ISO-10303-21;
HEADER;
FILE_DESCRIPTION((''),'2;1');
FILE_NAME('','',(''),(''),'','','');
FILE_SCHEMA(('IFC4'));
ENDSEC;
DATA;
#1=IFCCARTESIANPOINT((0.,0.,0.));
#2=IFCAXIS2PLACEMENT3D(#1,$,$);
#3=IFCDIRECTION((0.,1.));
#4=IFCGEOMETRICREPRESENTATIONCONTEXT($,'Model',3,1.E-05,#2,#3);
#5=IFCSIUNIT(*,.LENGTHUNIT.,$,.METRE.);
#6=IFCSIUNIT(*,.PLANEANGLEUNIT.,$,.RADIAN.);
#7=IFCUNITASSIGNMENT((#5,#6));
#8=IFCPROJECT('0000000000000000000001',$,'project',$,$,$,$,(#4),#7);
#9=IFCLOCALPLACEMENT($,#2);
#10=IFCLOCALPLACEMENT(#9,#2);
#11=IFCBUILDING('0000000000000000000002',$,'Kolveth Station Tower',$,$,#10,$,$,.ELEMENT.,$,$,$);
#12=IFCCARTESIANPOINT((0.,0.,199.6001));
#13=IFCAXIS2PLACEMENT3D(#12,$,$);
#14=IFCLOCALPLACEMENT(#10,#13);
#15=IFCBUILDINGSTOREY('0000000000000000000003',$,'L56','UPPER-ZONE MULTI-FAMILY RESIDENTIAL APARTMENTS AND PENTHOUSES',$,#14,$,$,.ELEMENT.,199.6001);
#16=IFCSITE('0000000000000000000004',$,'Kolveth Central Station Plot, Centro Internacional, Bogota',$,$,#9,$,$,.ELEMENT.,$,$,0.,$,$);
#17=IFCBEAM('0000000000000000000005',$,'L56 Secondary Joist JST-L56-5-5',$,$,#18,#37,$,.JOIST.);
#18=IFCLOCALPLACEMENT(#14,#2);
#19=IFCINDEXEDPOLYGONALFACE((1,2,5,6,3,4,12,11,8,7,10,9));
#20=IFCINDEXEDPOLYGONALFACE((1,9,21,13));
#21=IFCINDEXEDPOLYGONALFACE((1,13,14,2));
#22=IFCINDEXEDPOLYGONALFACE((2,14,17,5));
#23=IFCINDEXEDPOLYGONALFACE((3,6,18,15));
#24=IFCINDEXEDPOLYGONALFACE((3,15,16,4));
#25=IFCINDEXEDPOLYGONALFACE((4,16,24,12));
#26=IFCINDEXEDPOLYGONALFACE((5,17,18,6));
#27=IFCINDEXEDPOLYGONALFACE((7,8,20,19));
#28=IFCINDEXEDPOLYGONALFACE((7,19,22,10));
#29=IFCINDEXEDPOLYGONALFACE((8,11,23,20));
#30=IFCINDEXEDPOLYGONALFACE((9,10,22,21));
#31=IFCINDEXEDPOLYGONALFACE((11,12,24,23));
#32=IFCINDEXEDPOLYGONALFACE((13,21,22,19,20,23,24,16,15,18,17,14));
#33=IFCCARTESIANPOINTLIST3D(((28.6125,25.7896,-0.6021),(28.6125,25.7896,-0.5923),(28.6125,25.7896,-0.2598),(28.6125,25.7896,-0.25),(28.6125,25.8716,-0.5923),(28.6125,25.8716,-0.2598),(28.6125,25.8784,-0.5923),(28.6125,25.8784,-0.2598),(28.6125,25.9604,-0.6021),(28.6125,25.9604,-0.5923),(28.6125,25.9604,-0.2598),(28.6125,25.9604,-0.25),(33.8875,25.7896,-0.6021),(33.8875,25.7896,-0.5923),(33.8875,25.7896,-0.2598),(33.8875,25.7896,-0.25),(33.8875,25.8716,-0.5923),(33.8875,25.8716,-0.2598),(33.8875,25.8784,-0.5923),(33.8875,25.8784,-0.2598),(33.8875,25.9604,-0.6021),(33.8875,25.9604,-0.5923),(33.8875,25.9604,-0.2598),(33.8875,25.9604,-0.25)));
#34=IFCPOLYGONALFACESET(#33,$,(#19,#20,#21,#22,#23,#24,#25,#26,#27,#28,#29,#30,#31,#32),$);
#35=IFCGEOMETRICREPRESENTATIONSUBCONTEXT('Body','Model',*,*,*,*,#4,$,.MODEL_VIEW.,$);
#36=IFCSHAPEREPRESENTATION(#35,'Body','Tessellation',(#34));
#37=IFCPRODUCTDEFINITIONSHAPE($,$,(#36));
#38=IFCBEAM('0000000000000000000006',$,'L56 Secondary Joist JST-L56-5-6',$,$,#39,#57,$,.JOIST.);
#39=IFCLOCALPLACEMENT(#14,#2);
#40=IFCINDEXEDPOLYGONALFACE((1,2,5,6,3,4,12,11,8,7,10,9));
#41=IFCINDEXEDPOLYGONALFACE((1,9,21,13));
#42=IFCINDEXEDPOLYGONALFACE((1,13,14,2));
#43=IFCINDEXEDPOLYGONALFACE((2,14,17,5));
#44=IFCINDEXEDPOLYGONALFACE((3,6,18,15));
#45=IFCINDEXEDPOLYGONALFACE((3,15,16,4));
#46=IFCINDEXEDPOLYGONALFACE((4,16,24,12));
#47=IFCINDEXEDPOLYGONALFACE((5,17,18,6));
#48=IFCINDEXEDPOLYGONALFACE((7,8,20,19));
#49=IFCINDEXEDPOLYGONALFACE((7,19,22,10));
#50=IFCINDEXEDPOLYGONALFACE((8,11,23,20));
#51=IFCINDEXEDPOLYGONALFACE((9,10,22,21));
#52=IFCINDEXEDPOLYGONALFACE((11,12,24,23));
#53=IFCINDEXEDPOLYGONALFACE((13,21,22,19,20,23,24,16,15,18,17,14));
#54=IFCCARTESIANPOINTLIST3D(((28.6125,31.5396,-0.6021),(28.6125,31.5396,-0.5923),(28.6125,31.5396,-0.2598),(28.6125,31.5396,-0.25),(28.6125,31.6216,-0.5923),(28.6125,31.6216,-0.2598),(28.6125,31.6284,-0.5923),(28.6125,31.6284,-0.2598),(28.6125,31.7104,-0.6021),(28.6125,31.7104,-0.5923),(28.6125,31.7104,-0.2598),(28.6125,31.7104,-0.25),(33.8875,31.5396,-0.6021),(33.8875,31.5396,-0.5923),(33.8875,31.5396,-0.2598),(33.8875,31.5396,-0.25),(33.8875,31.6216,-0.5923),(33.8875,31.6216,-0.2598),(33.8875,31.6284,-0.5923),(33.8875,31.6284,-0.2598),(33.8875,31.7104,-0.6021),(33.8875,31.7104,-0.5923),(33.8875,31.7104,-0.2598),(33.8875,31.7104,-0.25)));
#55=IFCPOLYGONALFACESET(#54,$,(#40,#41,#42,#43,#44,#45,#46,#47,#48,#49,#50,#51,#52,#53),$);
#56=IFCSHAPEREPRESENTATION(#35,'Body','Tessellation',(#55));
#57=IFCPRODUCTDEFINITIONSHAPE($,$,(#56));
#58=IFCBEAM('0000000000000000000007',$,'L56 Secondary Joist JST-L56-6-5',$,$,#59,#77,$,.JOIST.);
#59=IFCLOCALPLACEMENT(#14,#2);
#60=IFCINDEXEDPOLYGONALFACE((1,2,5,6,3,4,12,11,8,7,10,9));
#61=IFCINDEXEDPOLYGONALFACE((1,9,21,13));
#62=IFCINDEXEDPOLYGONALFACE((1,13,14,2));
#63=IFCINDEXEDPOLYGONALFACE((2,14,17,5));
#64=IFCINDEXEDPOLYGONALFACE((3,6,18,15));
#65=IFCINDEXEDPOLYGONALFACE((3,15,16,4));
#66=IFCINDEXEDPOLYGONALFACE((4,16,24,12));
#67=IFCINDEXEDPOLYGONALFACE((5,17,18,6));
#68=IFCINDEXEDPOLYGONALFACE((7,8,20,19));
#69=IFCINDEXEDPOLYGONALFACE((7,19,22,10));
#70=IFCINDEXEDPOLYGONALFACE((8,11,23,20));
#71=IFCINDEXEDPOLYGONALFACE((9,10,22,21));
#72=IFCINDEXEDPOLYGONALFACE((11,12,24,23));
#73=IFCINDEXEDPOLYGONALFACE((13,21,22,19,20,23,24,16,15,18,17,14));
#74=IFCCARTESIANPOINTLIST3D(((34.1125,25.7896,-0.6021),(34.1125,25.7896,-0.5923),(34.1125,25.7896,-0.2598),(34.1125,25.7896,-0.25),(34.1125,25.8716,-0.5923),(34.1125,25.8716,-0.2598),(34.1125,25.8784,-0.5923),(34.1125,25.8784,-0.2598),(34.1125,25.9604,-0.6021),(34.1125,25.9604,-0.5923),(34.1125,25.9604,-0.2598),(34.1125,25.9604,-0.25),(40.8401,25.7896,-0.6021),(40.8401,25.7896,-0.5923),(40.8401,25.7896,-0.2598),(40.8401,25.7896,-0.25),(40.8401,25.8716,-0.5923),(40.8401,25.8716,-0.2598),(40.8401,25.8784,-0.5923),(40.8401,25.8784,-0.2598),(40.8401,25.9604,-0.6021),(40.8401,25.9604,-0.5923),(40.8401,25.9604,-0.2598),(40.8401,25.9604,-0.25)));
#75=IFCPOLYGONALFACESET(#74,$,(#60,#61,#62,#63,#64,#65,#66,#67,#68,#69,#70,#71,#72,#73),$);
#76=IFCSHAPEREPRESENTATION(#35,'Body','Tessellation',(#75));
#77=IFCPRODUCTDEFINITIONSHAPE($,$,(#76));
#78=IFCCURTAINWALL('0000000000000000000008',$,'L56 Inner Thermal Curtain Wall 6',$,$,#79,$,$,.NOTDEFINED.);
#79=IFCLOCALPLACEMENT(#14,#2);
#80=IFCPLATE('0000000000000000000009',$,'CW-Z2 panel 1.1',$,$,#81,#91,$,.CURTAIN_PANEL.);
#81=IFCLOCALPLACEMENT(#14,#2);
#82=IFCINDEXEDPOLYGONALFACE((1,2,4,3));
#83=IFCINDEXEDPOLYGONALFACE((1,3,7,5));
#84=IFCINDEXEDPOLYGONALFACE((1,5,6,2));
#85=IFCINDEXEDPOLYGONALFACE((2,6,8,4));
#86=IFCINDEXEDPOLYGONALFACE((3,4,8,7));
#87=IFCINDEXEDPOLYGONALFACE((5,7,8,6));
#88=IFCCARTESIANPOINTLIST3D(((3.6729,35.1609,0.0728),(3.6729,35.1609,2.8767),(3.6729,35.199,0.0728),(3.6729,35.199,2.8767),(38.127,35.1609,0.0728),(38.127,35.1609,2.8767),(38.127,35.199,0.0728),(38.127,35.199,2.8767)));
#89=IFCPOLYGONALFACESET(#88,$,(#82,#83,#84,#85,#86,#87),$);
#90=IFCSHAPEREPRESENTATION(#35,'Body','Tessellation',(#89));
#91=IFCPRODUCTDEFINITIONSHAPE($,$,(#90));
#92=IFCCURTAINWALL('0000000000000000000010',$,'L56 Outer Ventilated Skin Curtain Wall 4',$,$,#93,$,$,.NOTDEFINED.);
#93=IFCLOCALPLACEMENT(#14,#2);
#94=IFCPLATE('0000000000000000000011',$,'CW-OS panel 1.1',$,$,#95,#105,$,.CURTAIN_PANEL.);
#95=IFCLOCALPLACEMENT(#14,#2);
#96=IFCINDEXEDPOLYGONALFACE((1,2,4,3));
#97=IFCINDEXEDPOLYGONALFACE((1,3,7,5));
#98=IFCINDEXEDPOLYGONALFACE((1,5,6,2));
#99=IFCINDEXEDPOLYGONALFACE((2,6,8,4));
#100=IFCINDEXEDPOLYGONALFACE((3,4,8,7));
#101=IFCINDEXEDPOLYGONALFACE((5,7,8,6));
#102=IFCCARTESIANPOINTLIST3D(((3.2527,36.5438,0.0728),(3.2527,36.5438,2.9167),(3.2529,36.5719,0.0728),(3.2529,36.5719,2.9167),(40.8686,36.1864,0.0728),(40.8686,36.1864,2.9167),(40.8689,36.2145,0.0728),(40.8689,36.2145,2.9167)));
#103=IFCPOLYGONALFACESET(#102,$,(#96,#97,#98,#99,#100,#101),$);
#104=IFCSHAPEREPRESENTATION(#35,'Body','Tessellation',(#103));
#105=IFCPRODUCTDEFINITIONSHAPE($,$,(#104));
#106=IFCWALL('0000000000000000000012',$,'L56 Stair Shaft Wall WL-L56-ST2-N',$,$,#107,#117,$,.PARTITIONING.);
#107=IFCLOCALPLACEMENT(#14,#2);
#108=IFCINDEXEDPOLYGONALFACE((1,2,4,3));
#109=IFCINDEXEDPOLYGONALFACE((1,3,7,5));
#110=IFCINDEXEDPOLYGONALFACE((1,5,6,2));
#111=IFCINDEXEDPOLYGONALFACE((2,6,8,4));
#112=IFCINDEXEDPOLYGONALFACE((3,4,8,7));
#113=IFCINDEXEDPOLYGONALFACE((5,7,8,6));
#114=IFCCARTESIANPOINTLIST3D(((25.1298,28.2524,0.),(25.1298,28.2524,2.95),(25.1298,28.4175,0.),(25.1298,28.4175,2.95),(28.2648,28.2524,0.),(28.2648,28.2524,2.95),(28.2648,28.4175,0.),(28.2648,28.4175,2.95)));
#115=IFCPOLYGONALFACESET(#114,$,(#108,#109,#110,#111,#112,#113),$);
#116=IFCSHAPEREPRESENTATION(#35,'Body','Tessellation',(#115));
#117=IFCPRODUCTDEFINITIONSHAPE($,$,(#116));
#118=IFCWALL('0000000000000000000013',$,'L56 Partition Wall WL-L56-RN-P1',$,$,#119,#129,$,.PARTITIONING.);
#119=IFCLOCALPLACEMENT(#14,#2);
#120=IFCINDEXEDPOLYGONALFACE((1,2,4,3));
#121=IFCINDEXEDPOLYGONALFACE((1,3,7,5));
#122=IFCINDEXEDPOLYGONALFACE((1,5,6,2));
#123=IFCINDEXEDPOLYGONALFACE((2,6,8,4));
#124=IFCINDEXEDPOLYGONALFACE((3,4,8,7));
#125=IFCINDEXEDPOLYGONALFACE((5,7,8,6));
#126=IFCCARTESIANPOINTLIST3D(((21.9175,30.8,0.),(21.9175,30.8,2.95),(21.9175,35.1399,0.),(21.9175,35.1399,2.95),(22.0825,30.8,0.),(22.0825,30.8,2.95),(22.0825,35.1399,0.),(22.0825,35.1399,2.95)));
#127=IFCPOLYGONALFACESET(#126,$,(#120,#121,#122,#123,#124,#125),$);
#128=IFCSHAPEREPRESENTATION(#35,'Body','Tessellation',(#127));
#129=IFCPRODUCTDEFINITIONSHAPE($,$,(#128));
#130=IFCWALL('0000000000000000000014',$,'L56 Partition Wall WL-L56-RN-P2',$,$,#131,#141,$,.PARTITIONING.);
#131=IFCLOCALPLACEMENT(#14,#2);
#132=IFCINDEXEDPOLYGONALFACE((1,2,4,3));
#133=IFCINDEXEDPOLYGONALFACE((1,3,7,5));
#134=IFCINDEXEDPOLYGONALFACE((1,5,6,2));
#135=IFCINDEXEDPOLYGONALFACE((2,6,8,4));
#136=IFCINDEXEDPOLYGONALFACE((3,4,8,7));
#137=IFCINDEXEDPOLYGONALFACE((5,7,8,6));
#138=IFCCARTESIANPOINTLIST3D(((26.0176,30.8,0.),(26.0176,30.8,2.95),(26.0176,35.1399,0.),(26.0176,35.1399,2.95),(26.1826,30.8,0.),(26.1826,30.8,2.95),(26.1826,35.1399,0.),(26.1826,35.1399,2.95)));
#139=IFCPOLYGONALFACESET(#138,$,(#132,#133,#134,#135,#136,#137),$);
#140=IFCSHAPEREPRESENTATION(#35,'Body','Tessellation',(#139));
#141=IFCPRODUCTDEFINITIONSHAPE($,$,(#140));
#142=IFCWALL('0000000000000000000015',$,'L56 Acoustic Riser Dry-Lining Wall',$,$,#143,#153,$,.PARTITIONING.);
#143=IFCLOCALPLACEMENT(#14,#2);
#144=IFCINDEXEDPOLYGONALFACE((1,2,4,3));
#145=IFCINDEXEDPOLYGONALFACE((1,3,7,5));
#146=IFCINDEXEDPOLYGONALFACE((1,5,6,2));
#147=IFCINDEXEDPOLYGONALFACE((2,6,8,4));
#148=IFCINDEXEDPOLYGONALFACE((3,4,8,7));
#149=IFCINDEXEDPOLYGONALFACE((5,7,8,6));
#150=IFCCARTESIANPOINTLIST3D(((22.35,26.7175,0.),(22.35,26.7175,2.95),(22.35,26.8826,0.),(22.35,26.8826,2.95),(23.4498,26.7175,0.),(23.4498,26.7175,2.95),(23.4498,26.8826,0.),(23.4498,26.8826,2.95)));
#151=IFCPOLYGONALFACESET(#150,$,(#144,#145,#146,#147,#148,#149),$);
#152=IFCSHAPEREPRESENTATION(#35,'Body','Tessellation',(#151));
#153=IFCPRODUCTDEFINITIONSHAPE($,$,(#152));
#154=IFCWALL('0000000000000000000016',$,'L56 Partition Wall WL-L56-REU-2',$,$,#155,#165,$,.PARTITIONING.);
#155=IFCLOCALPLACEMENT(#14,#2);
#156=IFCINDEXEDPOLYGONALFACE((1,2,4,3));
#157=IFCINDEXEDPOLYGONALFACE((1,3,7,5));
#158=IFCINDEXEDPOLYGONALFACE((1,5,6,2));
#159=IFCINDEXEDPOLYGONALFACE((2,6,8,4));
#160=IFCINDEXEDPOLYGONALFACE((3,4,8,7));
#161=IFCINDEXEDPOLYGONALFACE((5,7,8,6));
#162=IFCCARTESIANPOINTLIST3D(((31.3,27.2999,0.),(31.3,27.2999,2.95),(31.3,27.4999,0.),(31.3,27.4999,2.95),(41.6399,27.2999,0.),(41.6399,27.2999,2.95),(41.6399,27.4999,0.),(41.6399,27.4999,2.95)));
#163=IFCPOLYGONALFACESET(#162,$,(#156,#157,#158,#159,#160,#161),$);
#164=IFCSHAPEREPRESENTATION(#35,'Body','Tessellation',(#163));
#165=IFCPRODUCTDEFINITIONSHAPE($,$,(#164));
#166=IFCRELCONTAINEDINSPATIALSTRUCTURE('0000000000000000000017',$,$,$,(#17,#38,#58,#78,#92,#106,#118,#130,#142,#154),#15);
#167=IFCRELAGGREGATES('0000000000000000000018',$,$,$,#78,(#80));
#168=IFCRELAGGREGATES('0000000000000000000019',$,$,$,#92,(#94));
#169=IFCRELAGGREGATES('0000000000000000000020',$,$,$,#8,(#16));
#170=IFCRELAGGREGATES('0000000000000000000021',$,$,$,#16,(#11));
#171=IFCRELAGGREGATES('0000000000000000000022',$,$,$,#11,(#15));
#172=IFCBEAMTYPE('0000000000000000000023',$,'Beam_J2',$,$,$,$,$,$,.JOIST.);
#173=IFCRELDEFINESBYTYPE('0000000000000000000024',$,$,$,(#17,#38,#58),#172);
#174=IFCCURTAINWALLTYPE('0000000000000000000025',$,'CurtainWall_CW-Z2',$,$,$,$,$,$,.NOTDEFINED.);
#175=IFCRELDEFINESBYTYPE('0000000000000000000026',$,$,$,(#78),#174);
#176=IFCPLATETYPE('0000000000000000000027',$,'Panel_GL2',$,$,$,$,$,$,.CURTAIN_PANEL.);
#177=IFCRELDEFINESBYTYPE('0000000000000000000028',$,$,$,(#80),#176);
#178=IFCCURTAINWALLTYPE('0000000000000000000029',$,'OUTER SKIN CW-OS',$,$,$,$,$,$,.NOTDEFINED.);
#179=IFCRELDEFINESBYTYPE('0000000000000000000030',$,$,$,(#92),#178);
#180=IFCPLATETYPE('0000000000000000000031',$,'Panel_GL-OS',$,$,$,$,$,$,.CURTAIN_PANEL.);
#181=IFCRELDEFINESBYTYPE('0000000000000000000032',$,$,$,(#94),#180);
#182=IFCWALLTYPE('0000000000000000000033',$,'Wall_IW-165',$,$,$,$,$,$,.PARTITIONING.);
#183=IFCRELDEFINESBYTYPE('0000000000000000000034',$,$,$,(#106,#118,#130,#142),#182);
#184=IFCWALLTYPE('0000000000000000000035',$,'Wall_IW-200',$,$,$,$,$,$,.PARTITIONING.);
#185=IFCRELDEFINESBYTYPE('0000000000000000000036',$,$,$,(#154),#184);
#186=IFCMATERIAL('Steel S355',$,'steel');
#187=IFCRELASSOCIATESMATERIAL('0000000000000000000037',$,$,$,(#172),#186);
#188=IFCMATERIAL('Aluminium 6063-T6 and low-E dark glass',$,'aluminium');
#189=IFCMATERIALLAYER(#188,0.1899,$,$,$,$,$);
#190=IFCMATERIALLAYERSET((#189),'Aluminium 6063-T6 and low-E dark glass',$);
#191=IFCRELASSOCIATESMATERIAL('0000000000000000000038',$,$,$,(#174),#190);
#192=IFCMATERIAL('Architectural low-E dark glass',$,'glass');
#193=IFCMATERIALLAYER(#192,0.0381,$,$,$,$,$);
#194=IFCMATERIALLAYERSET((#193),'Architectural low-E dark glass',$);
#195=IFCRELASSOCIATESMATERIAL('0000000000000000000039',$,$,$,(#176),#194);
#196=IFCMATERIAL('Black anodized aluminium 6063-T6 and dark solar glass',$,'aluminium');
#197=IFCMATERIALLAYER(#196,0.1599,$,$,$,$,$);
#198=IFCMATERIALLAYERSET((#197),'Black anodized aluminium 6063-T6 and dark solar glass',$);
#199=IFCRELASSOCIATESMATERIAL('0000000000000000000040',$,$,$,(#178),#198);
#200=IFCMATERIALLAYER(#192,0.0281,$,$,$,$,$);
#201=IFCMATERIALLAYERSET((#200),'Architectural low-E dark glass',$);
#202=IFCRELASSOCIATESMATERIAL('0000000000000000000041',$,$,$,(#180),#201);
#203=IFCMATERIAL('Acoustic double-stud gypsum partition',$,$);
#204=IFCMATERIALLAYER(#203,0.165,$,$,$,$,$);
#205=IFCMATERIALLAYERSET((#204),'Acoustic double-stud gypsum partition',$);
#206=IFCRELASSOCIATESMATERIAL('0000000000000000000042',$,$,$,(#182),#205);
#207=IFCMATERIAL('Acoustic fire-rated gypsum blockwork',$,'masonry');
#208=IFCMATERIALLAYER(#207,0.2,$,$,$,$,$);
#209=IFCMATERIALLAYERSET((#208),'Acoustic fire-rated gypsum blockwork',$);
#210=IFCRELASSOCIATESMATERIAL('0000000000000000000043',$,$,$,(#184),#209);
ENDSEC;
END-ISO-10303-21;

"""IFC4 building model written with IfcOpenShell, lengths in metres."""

from ifc_helpers import new_model, si_unit, direction, frame, frame_2d, origin, origin_2d, place, context, subcontext, project, spatial, rectangle, i_section, extrude, source, transform, mapped, material, layer, layer_set, material_profile, profile_set, type_object, element, aggregate, save


model = new_model("IFC4")

# Units and contexts
model_context = context("Model", 3, precision=1e-05, world=origin(), true_north=direction((0.0, 1.0)))
body_context = subcontext(model_context, "Body", "Model", "MODEL_VIEW")
ifc_project = project(units=[si_unit("LENGTHUNIT", "METRE"), si_unit("PLANEANGLEUNIT", "RADIAN")], contexts=[model_context])

# Site, building, storey
site_placement = place(None, origin())
site = spatial("IfcSite", under=ifc_project, at=site_placement, Name="Kolveth Central Station Plot, Centro Internacional, Bogota", CompositionType="ELEMENT", RefElevation=0.0)
building_placement = place(site_placement, origin())
building = spatial("IfcBuilding", under=site, at=building_placement, Name="Kolveth Station Tower", CompositionType="ELEMENT")
storey_placement = place(building_placement, frame((0.0, 0.0, 199.6001)))
storey = spatial("IfcBuildingStorey", under=building, at=storey_placement, Name="L56", Description="UPPER-ZONE MULTI-FAMILY RESIDENTIAL APARTMENTS AND PENTHOUSES", CompositionType="ELEMENT", Elevation=199.6001)

# Shared definitions
ifc_material_1 = material(Name="Steel S355", Category="steel")

# Beams
ifc_material_profile_1 = material_profile(ifc_material_1, i_section(OverallWidth=0.1709, OverallDepth=0.3521, WebThickness=0.0068, FlangeThickness=0.0098, at=origin_2d()), Name="W360x44")
ifc_profile_set_1 = profile_set([ifc_material_profile_1], Name="Steel S355")
beam_type_1 = type_object("IfcBeamType", Name="Beam_J2", PredefinedType="JOIST", material=ifc_profile_set_1)
shared_shape_1 = source(origin(), body_context, "Body", "SweptSolid", [
    extrude(i_section(OverallWidth=0.1709, OverallDepth=0.3521, WebThickness=0.0068, FlangeThickness=0.0098, at=origin_2d()), origin(), (0.0, 0.0, 1.0), 5.2749),
])
for number, where, z_axis, x_axis, name in (
    (1, (28.6125, 25.875, -0.426), (1.0, 0.0, 0.0), (0.0, 1.0, 0.0), "L56 Secondary Joist JST-L56-5-5"),
    (2, (28.6125, 31.625, -0.426), (1.0, 0.0, 0.0), (0.0, 1.0, 0.0), "L56 Secondary Joist JST-L56-5-6"),
):
    element("IfcBeam", number, at=place(storey_placement, frame(where, z_axis=z_axis, x_axis=x_axis)), inside=storey, type_object=beam_type_1, Name=name, PredefinedType="JOIST", context=body_context, shape_type="MappedRepresentation", body=[
        mapped(shared_shape_1, transform((0.0, 0.0, 0.0), x_axis=(1.0, 0.0, 0.0), y_axis=(0.0, 1.0, 0.0), z_axis=(0.0, 0.0, 1.0), scale=1.0)),
    ])
shared_shape_2 = source(origin(), body_context, "Body", "SweptSolid", [
    extrude(i_section(OverallWidth=0.1709, OverallDepth=0.3521, WebThickness=0.0068, FlangeThickness=0.0098, at=origin_2d()), origin(), (0.0, 0.0, 1.0), 6.7275),
])
beam_1_placement = place(storey_placement, frame((34.1125, 25.875, -0.426), z_axis=(1.0, 0.0, 0.0), x_axis=(0.0, 1.0, 0.0)))
element("IfcBeam", 3, at=beam_1_placement, inside=storey, type_object=beam_type_1, Name="L56 Secondary Joist JST-L56-6-5", PredefinedType="JOIST", context=body_context, shape_type="MappedRepresentation", body=[
    mapped(shared_shape_2, transform((0.0, 0.0, 0.0), x_axis=(1.0, 0.0, 0.0), y_axis=(0.0, 1.0, 0.0), z_axis=(0.0, 0.0, 1.0), scale=1.0)),
])

# Curtain walls, plates
ifc_material_2 = material(Name="Aluminium 6063-T6 and low-E dark glass", Category="aluminium")
ifc_layer_1 = layer(ifc_material_2, 0.1899)
ifc_layer_set_1 = layer_set([ifc_layer_1], Name="Aluminium 6063-T6 and low-E dark glass")
curtain_wall_type_1 = type_object("IfcCurtainWallType", Name="CurtainWall_CW-Z2", PredefinedType="NOTDEFINED", material=ifc_layer_set_1)
curtain_wall_1_placement = place(storey_placement, origin())
curtain_wall_1 = element("IfcCurtainWall", 4, at=curtain_wall_1_placement, inside=storey, type_object=curtain_wall_type_1, Name="L56 Inner Thermal Curtain Wall 6", PredefinedType="NOTDEFINED")
ifc_material_3 = material(Name="Architectural low-E dark glass", Category="glass")
ifc_layer_2 = layer(ifc_material_3, 0.0381)
ifc_layer_set_2 = layer_set([ifc_layer_2], Name="Architectural low-E dark glass")
plate_type_1 = type_object("IfcPlateType", Name="Panel_GL2", PredefinedType="CURTAIN_PANEL", material=ifc_layer_set_2)
shared_shape_3 = source(origin(), body_context, "Body", "SweptSolid", [
    extrude(rectangle(XDim=34.4541, YDim=0.0381, at=origin_2d()), origin(), (0.0, 0.0, 1.0), 2.804),
])
plate_1_placement = place(storey_placement, frame((20.8999, 35.1799, 0.0728), z_axis=(0.0, 0.0, 1.0), x_axis=(-1.0, 0.0, 0.0)))
plate_1 = element("IfcPlate", 5, at=plate_1_placement, type_object=plate_type_1, Name="CW-Z2 panel 1.1", PredefinedType="CURTAIN_PANEL", context=body_context, shape_type="MappedRepresentation", body=[
    mapped(shared_shape_3, transform((0.0, 0.0, 0.0), x_axis=(1.0, 0.0, 0.0), y_axis=(0.0, 1.0, 0.0), z_axis=(0.0, 0.0, 1.0), scale=1.0)),
])
aggregate(curtain_wall_1, [plate_1])
ifc_material_4 = material(Name="Black anodized aluminium 6063-T6 and dark solar glass", Category="aluminium")
ifc_layer_3 = layer(ifc_material_4, 0.1599)
ifc_layer_set_3 = layer_set([ifc_layer_3], Name="Black anodized aluminium 6063-T6 and dark solar glass")
curtain_wall_type_2 = type_object("IfcCurtainWallType", Name="OUTER SKIN CW-OS", PredefinedType="NOTDEFINED", material=ifc_layer_set_3)
curtain_wall_2_placement = place(storey_placement, origin())
curtain_wall_2 = element("IfcCurtainWall", 6, at=curtain_wall_2_placement, inside=storey, type_object=curtain_wall_type_2, Name="L56 Outer Ventilated Skin Curtain Wall 4", PredefinedType="NOTDEFINED")
ifc_layer_4 = layer(ifc_material_3, 0.0281)
ifc_layer_set_4 = layer_set([ifc_layer_4], Name="Architectural low-E dark glass")
plate_type_2 = type_object("IfcPlateType", Name="Panel_GL-OS", PredefinedType="CURTAIN_PANEL", material=ifc_layer_set_4)
shared_shape_4 = source(origin(), body_context, "Body", "SweptSolid", [
    extrude(rectangle(XDim=37.6177, YDim=0.0281, at=origin_2d()), origin(), (0.0, 0.0, 1.0), 2.844),
])
plate_2_placement = place(storey_placement, frame((22.0608, 36.3792, 0.0728), z_axis=(0.0, 0.0, 1.0), x_axis=(-0.999955, 0.009501, 0.0)))
plate_2 = element("IfcPlate", 7, at=plate_2_placement, type_object=plate_type_2, Name="CW-OS panel 1.1", PredefinedType="CURTAIN_PANEL", context=body_context, shape_type="MappedRepresentation", body=[
    mapped(shared_shape_4, transform((0.0, 0.0, 0.0), x_axis=(1.0, 0.0, 0.0), y_axis=(0.0, 1.0, 0.0), z_axis=(0.0, 0.0, 1.0), scale=1.0)),
])
aggregate(curtain_wall_2, [plate_2])

# Walls
ifc_material_5 = material(Name="Acoustic double-stud gypsum partition")
ifc_layer_5 = layer(ifc_material_5, 0.165)
ifc_layer_set_5 = layer_set([ifc_layer_5], Name="Acoustic double-stud gypsum partition")
wall_type_1 = type_object("IfcWallType", Name="Wall_IW-165", PredefinedType="PARTITIONING", material=ifc_layer_set_5)
wall_1_placement = place(storey_placement, frame((25.1299, 28.335, 0.0), z_axis=(0.0, 0.0, 1.0), x_axis=(1.0, 0.0, 0.0)))
element("IfcWall", 8, at=wall_1_placement, inside=storey, type_object=wall_type_1, Name="L56 Stair Shaft Wall WL-L56-ST2-N", PredefinedType="PARTITIONING", context=body_context, shape_type="SweptSolid", body=[
    extrude(rectangle(XDim=3.135, YDim=0.165, at=frame_2d((1.5674, 0.0))), origin(), (0.0, 0.0, 1.0), 2.95),
])
for number, where, z_axis, x_axis, name in (
    (9, (22.0, 30.8, 0.0), (0.0, 0.0, 1.0), (0.0, 1.0, 0.0), "L56 Partition Wall WL-L56-RN-P1"),
    (10, (26.1001, 30.8, 0.0), (0.0, 0.0, 1.0), (0.0, 1.0, 0.0), "L56 Partition Wall WL-L56-RN-P2"),
):
    element("IfcWall", number, at=place(storey_placement, frame(where, z_axis=z_axis, x_axis=x_axis)), inside=storey, type_object=wall_type_1, Name=name, PredefinedType="PARTITIONING", context=body_context, shape_type="SweptSolid", body=[
        extrude(rectangle(XDim=4.3398, YDim=0.165, at=frame_2d((2.1699, 0.0))), origin(), (0.0, 0.0, 1.0), 2.95),
    ])
wall_2_placement = place(storey_placement, frame((22.3501, 26.8, 0.0), z_axis=(0.0, 0.0, 1.0), x_axis=(1.0, 0.0, 0.0)))
element("IfcWall", 11, at=wall_2_placement, inside=storey, type_object=wall_type_1, Name="L56 Acoustic Riser Dry-Lining Wall", PredefinedType="PARTITIONING", context=body_context, shape_type="SweptSolid", body=[
    extrude(rectangle(XDim=1.0999, YDim=0.165, at=frame_2d((0.5498, 0.0))), origin(), (0.0, 0.0, 1.0), 2.95),
])
ifc_material_6 = material(Name="Acoustic fire-rated gypsum blockwork", Category="masonry")
ifc_layer_6 = layer(ifc_material_6, 0.2)
ifc_layer_set_6 = layer_set([ifc_layer_6], Name="Acoustic fire-rated gypsum blockwork")
wall_type_2 = type_object("IfcWallType", Name="Wall_IW-200", PredefinedType="PARTITIONING", material=ifc_layer_set_6)
wall_3_placement = place(storey_placement, frame((31.3, 27.3999, 0.0), z_axis=(0.0, 0.0, 1.0), x_axis=(1.0, 0.0, 0.0)))
element("IfcWall", 12, at=wall_3_placement, inside=storey, type_object=wall_type_2, Name="L56 Partition Wall WL-L56-REU-2", PredefinedType="PARTITIONING", context=body_context, shape_type="SweptSolid", body=[
    extrude(rectangle(XDim=10.3398, YDim=0.2, at=frame_2d((5.1699, 0.0))), origin(), (0.0, 0.0, 1.0), 2.95),
])

save(model, "model.ifc")
